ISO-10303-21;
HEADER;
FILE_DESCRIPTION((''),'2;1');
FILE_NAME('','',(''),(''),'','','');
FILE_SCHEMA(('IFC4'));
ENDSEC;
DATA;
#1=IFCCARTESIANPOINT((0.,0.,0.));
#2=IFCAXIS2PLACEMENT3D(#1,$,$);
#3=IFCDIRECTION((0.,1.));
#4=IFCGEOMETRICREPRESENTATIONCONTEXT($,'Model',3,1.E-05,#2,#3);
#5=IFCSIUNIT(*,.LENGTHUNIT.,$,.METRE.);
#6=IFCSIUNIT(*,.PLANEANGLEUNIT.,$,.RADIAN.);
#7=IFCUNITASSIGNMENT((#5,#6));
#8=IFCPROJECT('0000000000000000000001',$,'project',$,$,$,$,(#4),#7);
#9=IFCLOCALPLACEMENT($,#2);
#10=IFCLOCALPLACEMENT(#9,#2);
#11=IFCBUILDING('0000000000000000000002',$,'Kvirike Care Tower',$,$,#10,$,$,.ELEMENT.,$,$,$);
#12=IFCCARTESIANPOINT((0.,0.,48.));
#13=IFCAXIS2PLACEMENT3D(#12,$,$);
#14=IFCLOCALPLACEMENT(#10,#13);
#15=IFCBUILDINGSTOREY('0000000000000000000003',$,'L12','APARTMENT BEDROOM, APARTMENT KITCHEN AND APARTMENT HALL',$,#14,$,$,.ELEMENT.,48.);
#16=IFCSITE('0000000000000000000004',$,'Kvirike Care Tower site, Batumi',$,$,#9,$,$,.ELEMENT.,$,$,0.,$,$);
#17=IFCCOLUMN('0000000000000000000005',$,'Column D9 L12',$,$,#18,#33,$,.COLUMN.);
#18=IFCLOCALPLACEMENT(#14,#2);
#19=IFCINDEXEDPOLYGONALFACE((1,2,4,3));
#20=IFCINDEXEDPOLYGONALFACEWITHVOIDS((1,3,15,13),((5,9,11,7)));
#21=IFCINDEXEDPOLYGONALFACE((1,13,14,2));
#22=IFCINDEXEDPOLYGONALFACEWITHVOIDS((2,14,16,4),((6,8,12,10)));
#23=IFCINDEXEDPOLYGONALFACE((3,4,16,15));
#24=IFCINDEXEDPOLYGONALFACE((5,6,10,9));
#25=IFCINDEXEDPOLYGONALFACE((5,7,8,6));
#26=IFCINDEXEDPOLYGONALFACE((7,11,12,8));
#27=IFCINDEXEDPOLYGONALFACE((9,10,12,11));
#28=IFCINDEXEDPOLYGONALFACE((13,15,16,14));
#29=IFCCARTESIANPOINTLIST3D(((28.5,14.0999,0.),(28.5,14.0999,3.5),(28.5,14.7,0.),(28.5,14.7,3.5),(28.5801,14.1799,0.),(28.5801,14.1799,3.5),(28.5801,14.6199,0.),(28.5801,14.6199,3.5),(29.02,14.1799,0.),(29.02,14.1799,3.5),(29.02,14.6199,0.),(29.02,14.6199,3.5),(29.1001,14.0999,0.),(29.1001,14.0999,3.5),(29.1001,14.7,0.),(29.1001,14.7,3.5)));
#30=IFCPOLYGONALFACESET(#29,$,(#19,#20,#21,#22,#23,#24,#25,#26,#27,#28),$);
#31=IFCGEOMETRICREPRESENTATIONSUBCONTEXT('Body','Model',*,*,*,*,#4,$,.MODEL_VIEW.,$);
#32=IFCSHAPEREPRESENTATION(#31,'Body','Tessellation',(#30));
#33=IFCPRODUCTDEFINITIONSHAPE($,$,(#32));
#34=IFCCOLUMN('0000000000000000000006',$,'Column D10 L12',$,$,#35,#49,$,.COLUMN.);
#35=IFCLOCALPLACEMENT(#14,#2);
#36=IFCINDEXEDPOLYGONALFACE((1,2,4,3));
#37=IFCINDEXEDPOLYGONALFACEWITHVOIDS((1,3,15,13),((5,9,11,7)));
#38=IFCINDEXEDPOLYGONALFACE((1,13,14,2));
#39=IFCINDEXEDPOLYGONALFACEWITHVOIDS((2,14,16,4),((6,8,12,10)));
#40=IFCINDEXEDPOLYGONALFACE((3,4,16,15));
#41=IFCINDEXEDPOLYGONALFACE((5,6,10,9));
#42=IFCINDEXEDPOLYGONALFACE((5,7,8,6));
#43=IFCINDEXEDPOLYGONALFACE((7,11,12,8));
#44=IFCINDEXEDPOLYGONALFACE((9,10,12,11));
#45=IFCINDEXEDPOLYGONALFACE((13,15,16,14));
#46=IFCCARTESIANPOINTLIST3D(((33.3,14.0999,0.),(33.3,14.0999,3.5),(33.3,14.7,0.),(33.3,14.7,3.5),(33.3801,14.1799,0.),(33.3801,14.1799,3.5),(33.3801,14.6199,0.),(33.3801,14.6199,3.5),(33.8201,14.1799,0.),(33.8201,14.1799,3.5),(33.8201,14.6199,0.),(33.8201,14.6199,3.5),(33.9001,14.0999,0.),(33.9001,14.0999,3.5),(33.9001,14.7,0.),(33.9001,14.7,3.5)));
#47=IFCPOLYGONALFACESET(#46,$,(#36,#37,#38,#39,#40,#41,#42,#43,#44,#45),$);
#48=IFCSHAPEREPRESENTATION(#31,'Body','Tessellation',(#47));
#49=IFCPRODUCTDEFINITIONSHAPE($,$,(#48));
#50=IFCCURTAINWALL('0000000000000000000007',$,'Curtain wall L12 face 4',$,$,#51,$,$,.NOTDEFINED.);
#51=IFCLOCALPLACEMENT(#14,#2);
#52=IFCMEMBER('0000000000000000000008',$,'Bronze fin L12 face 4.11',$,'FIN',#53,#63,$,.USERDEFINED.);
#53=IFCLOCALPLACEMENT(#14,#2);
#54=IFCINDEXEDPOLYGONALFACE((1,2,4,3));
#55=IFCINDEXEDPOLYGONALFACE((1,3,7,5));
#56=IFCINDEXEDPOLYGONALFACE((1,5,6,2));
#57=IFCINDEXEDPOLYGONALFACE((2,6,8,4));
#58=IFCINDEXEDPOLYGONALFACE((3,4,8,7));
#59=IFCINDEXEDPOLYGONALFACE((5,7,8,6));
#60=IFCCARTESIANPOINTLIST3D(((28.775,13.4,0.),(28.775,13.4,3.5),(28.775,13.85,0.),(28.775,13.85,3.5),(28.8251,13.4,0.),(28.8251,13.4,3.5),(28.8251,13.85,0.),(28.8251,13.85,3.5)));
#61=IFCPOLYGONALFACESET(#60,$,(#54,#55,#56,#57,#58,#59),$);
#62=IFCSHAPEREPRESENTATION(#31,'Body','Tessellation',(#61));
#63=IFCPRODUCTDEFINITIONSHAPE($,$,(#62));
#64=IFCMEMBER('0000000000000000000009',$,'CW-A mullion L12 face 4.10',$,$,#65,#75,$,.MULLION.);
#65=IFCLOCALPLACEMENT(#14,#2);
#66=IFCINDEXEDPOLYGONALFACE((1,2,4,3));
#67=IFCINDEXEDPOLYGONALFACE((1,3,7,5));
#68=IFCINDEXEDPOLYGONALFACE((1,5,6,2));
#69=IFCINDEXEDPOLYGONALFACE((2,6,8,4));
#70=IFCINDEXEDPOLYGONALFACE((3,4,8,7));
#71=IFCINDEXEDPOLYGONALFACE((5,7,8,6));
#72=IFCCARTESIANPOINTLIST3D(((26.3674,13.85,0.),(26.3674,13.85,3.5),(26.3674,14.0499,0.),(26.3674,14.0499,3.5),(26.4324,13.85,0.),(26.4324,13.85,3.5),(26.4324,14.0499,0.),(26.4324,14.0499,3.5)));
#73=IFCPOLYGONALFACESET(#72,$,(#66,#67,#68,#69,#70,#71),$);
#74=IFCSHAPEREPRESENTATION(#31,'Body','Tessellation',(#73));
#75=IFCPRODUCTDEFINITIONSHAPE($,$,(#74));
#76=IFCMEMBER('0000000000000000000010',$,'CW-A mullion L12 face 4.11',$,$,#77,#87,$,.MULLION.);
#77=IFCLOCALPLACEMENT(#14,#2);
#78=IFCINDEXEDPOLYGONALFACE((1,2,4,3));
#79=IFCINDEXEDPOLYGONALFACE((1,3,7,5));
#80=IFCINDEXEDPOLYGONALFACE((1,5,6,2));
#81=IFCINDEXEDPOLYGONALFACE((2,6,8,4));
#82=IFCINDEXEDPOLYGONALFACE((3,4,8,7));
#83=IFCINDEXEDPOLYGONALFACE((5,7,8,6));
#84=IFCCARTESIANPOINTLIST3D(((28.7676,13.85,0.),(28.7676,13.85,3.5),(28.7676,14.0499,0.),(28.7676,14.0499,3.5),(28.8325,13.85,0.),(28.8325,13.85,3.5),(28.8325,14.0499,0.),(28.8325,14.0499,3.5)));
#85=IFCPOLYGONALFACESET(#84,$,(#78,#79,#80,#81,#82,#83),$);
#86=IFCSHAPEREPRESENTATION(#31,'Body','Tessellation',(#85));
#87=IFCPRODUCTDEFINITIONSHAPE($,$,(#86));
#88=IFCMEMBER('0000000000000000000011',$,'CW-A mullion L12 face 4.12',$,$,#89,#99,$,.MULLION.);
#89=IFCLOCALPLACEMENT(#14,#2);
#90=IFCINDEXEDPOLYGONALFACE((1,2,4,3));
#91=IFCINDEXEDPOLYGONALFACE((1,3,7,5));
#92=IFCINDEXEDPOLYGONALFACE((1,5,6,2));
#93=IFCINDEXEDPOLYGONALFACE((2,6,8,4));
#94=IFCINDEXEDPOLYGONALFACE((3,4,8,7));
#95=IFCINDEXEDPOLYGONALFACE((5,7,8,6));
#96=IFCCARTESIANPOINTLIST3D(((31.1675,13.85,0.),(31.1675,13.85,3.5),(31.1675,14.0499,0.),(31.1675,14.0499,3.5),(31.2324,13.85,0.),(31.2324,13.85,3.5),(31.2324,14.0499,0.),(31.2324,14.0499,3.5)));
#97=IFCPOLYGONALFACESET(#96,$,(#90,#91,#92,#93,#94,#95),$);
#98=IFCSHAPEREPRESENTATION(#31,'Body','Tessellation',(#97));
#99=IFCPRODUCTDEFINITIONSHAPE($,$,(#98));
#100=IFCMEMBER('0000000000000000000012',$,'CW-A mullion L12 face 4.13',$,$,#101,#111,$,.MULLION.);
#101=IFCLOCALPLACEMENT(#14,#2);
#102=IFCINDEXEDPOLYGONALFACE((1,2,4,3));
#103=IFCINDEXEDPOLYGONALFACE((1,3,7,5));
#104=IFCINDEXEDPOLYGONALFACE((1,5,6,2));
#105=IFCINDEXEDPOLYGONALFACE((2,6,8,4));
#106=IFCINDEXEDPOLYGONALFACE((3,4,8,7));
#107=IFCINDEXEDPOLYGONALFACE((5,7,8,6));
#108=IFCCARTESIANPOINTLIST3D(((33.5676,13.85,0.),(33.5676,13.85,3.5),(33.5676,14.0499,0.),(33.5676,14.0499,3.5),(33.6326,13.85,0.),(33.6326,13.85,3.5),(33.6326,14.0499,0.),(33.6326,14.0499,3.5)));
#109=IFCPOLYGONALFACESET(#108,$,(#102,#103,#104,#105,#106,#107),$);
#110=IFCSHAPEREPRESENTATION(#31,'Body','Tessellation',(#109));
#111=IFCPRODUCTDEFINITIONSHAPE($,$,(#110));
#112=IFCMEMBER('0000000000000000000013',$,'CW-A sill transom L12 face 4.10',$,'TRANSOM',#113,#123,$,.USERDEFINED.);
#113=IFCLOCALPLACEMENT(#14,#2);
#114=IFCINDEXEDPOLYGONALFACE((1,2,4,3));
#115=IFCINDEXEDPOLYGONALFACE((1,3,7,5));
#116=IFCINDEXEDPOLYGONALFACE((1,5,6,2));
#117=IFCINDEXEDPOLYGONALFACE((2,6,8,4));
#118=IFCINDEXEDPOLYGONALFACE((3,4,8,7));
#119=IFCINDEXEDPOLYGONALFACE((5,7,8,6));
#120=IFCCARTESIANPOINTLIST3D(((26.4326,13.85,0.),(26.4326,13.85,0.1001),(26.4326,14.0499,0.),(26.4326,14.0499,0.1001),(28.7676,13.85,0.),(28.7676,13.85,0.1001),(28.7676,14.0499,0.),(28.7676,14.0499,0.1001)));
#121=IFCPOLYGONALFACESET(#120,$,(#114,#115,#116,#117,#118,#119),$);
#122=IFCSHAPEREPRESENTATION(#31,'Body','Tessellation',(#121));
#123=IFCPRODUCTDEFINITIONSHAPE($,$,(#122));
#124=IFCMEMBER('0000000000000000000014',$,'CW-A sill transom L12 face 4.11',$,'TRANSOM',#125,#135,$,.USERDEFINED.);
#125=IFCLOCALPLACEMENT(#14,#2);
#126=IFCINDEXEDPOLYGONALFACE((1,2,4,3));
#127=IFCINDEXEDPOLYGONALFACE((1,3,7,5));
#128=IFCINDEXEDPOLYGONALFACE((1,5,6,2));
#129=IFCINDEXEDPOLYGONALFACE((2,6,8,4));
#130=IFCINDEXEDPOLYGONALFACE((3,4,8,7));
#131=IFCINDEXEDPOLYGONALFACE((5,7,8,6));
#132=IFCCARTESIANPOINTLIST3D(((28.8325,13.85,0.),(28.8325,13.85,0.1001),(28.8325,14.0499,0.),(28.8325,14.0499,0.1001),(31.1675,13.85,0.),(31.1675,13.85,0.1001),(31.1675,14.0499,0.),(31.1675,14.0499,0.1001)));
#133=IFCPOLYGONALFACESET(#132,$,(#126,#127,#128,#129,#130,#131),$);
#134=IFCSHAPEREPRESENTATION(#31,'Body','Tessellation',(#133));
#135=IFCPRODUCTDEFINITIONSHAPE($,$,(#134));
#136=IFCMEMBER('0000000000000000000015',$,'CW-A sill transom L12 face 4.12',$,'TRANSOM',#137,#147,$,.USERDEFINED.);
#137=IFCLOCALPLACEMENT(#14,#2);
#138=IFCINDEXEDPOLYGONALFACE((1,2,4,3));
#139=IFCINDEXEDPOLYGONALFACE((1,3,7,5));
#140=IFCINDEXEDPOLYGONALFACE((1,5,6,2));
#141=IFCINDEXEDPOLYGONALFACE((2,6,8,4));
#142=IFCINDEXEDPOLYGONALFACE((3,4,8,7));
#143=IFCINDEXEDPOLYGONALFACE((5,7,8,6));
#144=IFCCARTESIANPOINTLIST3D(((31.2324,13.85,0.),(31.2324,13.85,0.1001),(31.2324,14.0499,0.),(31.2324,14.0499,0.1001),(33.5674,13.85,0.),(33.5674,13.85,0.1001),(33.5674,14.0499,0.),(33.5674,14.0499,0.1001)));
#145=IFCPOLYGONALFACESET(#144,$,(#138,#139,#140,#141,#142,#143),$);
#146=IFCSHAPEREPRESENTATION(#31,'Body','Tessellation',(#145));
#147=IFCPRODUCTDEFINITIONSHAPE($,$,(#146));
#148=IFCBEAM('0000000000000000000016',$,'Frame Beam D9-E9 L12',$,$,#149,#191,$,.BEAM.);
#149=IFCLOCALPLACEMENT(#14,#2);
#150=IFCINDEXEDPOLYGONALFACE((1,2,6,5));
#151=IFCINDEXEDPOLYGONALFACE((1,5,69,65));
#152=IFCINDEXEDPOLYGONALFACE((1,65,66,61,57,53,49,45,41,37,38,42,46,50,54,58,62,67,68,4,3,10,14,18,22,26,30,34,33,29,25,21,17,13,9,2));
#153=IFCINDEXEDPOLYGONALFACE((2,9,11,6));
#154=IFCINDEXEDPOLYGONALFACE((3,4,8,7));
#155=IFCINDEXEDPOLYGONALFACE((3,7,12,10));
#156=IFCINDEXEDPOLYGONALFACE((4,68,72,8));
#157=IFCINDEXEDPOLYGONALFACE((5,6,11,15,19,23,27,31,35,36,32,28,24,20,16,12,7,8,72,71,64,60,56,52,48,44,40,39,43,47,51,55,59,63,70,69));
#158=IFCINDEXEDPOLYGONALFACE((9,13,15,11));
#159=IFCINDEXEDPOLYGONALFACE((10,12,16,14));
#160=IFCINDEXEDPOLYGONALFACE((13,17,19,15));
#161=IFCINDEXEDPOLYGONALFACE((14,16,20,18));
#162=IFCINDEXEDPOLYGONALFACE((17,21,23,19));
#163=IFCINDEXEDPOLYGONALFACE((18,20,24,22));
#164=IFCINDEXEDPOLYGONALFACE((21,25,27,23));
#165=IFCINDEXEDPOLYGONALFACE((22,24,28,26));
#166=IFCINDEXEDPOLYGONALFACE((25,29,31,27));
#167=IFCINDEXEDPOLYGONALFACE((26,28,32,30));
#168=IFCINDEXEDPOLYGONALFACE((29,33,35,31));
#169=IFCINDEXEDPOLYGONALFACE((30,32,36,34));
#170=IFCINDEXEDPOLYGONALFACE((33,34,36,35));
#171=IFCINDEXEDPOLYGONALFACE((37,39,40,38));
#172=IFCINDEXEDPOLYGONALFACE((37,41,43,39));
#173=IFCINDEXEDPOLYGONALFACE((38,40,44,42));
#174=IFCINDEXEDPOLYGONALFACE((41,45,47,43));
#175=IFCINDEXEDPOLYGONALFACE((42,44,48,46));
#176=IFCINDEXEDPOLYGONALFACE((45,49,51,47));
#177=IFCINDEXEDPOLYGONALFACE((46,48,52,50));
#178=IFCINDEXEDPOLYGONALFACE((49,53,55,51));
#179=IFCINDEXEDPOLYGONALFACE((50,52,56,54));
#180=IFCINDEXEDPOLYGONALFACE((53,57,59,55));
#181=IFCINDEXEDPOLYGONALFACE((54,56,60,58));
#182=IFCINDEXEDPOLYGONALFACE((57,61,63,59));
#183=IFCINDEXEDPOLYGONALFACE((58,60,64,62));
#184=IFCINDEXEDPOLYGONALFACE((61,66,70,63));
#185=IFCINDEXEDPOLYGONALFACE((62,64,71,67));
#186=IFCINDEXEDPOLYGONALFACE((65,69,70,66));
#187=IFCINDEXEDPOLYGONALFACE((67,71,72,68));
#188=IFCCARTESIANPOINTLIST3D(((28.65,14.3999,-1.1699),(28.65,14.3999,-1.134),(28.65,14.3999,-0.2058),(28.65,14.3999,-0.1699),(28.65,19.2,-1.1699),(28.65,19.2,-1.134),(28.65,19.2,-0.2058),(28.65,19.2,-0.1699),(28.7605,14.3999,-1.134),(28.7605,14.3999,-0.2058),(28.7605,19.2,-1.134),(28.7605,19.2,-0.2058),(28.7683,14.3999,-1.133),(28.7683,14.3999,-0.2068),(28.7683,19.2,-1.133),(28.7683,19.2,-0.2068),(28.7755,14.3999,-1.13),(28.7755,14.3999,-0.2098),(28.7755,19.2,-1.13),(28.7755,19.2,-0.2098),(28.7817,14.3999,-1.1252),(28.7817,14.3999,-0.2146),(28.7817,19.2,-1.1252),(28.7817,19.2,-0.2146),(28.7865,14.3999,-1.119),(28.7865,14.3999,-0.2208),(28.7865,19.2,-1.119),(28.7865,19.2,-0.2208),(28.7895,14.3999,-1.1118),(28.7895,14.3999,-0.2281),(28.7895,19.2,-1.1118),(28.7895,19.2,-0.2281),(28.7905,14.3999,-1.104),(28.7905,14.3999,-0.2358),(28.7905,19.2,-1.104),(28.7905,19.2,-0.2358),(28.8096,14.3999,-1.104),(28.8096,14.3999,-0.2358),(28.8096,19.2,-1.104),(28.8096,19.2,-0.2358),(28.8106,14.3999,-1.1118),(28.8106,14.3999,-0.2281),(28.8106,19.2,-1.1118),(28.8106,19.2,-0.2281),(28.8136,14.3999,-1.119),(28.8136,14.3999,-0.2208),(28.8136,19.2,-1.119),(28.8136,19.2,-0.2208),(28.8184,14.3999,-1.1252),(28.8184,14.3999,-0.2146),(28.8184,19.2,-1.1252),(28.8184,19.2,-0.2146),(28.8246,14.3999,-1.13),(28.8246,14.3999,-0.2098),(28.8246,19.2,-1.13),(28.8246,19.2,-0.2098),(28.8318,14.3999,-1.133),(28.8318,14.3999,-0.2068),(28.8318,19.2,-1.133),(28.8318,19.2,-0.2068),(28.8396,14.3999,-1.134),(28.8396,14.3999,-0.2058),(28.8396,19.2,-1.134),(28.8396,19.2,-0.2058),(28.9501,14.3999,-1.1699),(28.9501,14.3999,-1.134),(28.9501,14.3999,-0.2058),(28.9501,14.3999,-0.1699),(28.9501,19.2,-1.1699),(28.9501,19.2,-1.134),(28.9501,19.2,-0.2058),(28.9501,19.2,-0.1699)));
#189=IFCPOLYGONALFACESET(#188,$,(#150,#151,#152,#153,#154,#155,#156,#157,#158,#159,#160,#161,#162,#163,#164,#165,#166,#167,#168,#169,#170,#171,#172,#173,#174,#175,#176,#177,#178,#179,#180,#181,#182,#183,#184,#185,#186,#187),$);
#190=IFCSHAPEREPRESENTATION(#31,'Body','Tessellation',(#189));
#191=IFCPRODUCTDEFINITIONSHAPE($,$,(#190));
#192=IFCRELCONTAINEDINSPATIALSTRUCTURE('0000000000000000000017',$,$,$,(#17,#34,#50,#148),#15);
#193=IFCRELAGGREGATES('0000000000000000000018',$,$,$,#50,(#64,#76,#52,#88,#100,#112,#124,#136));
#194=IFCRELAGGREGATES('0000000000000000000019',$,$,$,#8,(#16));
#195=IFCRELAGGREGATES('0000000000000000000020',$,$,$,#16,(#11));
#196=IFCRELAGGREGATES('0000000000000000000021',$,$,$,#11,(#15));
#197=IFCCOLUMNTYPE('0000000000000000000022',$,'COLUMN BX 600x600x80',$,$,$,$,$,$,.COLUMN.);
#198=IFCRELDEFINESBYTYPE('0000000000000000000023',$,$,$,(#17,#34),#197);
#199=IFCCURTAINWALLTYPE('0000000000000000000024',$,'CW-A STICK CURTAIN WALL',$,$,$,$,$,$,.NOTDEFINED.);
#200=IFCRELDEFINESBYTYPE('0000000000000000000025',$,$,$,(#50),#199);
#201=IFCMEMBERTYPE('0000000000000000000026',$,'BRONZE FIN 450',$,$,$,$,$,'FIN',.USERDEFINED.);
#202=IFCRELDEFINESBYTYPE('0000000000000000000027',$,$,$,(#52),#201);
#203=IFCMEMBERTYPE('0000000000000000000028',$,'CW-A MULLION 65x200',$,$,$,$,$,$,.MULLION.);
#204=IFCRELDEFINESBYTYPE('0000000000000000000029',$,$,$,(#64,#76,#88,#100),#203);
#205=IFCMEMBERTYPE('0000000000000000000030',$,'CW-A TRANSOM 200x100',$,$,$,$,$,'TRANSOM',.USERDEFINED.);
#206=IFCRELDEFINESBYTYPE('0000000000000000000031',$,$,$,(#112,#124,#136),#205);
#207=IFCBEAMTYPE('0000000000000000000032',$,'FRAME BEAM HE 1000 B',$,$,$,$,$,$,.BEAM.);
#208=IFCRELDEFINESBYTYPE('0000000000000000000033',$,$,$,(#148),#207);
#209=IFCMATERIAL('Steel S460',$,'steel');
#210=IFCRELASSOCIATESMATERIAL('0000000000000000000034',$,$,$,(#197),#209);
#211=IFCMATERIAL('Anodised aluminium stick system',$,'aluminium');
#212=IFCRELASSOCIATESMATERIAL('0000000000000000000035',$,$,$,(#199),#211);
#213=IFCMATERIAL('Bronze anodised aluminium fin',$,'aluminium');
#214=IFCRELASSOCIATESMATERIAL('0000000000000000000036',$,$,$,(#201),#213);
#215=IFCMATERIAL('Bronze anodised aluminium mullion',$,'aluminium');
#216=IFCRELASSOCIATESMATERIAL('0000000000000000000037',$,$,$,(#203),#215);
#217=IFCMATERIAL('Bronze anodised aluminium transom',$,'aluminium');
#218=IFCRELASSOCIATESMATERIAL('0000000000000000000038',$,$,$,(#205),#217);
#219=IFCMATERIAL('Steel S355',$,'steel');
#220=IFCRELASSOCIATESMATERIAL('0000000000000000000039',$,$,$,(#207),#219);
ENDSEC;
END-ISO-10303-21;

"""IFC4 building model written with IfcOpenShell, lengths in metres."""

from ifc_helpers import new_model, si_unit, direction, frame, origin, origin_2d, place, context, subcontext, project, spatial, rectangle, hollow_rectangle, i_section, extrude, material, material_profile, profile_set, type_object, element, aggregate, save


model = new_model("IFC4")

# Units and contexts
model_context = context("Model", 3, precision=1e-05, world=origin(), true_north=direction((0.0, 1.0)))
body_context = subcontext(model_context, "Body", "Model", "MODEL_VIEW")
ifc_project = project(units=[si_unit("LENGTHUNIT", "METRE"), si_unit("PLANEANGLEUNIT", "RADIAN")], contexts=[model_context])

# Site, building, storey
site_placement = place(None, origin())
site = spatial("IfcSite", under=ifc_project, at=site_placement, Name="Kvirike Care Tower site, Batumi", CompositionType="ELEMENT", RefElevation=0.0)
building_placement = place(site_placement, origin())
building = spatial("IfcBuilding", under=site, at=building_placement, Name="Kvirike Care Tower", CompositionType="ELEMENT")
storey_placement = place(building_placement, frame((0.0, 0.0, 48.0)))
storey = spatial("IfcBuildingStorey", under=building, at=storey_placement, Name="L12", Description="APARTMENT BEDROOM, APARTMENT KITCHEN AND APARTMENT HALL", CompositionType="ELEMENT", Elevation=48.0)

# Columns
ifc_material_1 = material(Name="Steel S460", Category="steel")
ifc_material_profile_1 = material_profile(ifc_material_1, hollow_rectangle(XDim=0.6001, YDim=0.6001, WallThickness=0.0801, at=origin_2d()), Name="BX 600x600x80")
ifc_profile_set_1 = profile_set([ifc_material_profile_1], Name="Steel S460")
column_type = type_object("IfcColumnType", Name="COLUMN BX 600x600x80", PredefinedType="COLUMN", material=ifc_profile_set_1)
for number, where, z_axis, x_axis, name in (
    (1, (28.8, 14.3999, 0.0), (0.0, 0.0, 1.0), (0.0, 1.0, 0.0), "Column D9 L12"),
    (2, (33.6001, 14.3999, 0.0), (0.0, 0.0, 1.0), (0.0, 1.0, 0.0), "Column D10 L12"),
):
    element("IfcColumn", number, at=place(storey_placement, frame(where, z_axis=z_axis, x_axis=x_axis)), inside=storey, type_object=column_type, Name=name, PredefinedType="COLUMN", context=body_context, shape_type="SweptSolid", body=[
        extrude(hollow_rectangle(XDim=0.6001, YDim=0.6001, WallThickness=0.0801, at=origin_2d()), origin(), (0.0, 0.0, 1.0), 3.5),
    ])

# Curtain wall, members
ifc_material_2 = material(Name="Anodised aluminium stick system", Category="aluminium")
curtain_wall_type = type_object("IfcCurtainWallType", Name="CW-A STICK CURTAIN WALL", PredefinedType="NOTDEFINED", material=ifc_material_2)
curtain_wall_placement = place(storey_placement, origin())
curtain_wall = element("IfcCurtainWall", 3, at=curtain_wall_placement, inside=storey, type_object=curtain_wall_type, Name="Curtain wall L12 face 4", PredefinedType="NOTDEFINED")
ifc_material_3 = material(Name="Bronze anodised aluminium fin", Category="aluminium")
ifc_material_profile_2 = material_profile(ifc_material_3, rectangle(XDim=0.05, YDim=0.45, at=origin_2d()), Name="BRONZE FIN 450")
ifc_profile_set_2 = profile_set([ifc_material_profile_2], Name="Bronze anodised aluminium fin")
member_type_1 = type_object("IfcMemberType", Name="BRONZE FIN 450", ElementType="FIN", PredefinedType="USERDEFINED", material=ifc_profile_set_2)
member_1_placement = place(storey_placement, frame((28.8, 13.625, 0.0), z_axis=(0.0, 0.0, 1.0), x_axis=(1.0, 0.0, 0.0)))
member_1 = element("IfcMember", 4, at=member_1_placement, type_object=member_type_1, Name="Bronze fin L12 face 4.11", ObjectType="FIN", PredefinedType="USERDEFINED", context=body_context, shape_type="SweptSolid", body=[
    extrude(rectangle(XDim=0.05, YDim=0.45, at=origin_2d()), origin(), (0.0, 0.0, 1.0), 3.5),
])
ifc_material_4 = material(Name="Bronze anodised aluminium mullion", Category="aluminium")
ifc_material_profile_3 = material_profile(ifc_material_4, rectangle(XDim=0.0649, YDim=0.2, at=origin_2d()), Name="CW-A MULLION 65x200")
ifc_profile_set_3 = profile_set([ifc_material_profile_3], Name="Bronze anodised aluminium mullion")
member_type_2 = type_object("IfcMemberType", Name="CW-A MULLION 65x200", PredefinedType="MULLION", material=ifc_profile_set_3)
member_2_placement = place(storey_placement, frame((26.3999, 13.95, 0.0), z_axis=(0.0, 0.0, 1.0), x_axis=(1.0, 0.0, 0.0)))
member_2 = element("IfcMember", 5, at=member_2_placement, type_object=member_type_2, Name="CW-A mullion L12 face 4.10", PredefinedType="MULLION", context=body_context, shape_type="SweptSolid", body=[
    extrude(rectangle(XDim=0.0649, YDim=0.2, at=origin_2d()), origin(), (0.0, 0.0, 1.0), 3.5),
])
member_3_placement = place(storey_placement, frame((28.8, 13.95, 0.0), z_axis=(0.0, 0.0, 1.0), x_axis=(1.0, 0.0, 0.0)))
member_3 = element("IfcMember", 6, at=member_3_placement, type_object=member_type_2, Name="CW-A mullion L12 face 4.11", PredefinedType="MULLION", context=body_context, shape_type="SweptSolid", body=[
    extrude(rectangle(XDim=0.0649, YDim=0.2, at=origin_2d()), origin(), (0.0, 0.0, 1.0), 3.5),
])
member_4_placement = place(storey_placement, frame((31.2, 13.95, 0.0), z_axis=(0.0, 0.0, 1.0), x_axis=(1.0, 0.0, 0.0)))
member_4 = element("IfcMember", 7, at=member_4_placement, type_object=member_type_2, Name="CW-A mullion L12 face 4.12", PredefinedType="MULLION", context=body_context, shape_type="SweptSolid", body=[
    extrude(rectangle(XDim=0.0649, YDim=0.2, at=origin_2d()), origin(), (0.0, 0.0, 1.0), 3.5),
])
member_5_placement = place(storey_placement, frame((33.6001, 13.95, 0.0), z_axis=(0.0, 0.0, 1.0), x_axis=(1.0, 0.0, 0.0)))
member_5 = element("IfcMember", 8, at=member_5_placement, type_object=member_type_2, Name="CW-A mullion L12 face 4.13", PredefinedType="MULLION", context=body_context, shape_type="SweptSolid", body=[
    extrude(rectangle(XDim=0.0649, YDim=0.2, at=origin_2d()), origin(), (0.0, 0.0, 1.0), 3.5),
])
ifc_material_5 = material(Name="Bronze anodised aluminium transom", Category="aluminium")
ifc_material_profile_4 = material_profile(ifc_material_5, rectangle(XDim=0.2, YDim=0.1001, at=origin_2d()), Name="CW-A TRANSOM 200x100")
ifc_profile_set_4 = profile_set([ifc_material_profile_4], Name="Bronze anodised aluminium transom")
member_type_3 = type_object("IfcMemberType", Name="CW-A TRANSOM 200x100", ElementType="TRANSOM", PredefinedType="USERDEFINED", material=ifc_profile_set_4)
member_6_placement = place(storey_placement, frame((26.4326, 13.95, 0.05), z_axis=(1.0, 0.0, 0.0), x_axis=(0.0, 1.0, 0.0)))
member_6 = element("IfcMember", 9, at=member_6_placement, type_object=member_type_3, Name="CW-A sill transom L12 face 4.10", ObjectType="TRANSOM", PredefinedType="USERDEFINED", context=body_context, shape_type="SweptSolid", body=[
    extrude(rectangle(XDim=0.2, YDim=0.1001, at=origin_2d()), origin(), (0.0, 0.0, 1.0), 2.335),
])
member_7_placement = place(storey_placement, frame((28.8325, 13.95, 0.05), z_axis=(1.0, 0.0, 0.0), x_axis=(0.0, 1.0, 0.0)))
member_7 = element("IfcMember", 10, at=member_7_placement, type_object=member_type_3, Name="CW-A sill transom L12 face 4.11", ObjectType="TRANSOM", PredefinedType="USERDEFINED", context=body_context, shape_type="SweptSolid", body=[
    extrude(rectangle(XDim=0.2, YDim=0.1001, at=origin_2d()), origin(), (0.0, 0.0, 1.0), 2.335),
])
member_8_placement = place(storey_placement, frame((31.2324, 13.95, 0.05), z_axis=(1.0, 0.0, 0.0), x_axis=(0.0, 1.0, 0.0)))
member_8 = element("IfcMember", 11, at=member_8_placement, type_object=member_type_3, Name="CW-A sill transom L12 face 4.12", ObjectType="TRANSOM", PredefinedType="USERDEFINED", context=body_context, shape_type="SweptSolid", body=[
    extrude(rectangle(XDim=0.2, YDim=0.1001, at=origin_2d()), origin(), (0.0, 0.0, 1.0), 2.335),
])

# Beam
ifc_material_6 = material(Name="Steel S355", Category="steel")
ifc_material_profile_5 = material_profile(ifc_material_6, i_section(OverallWidth=0.3, OverallDepth=1.0, WebThickness=0.019, FlangeThickness=0.0359, FilletRadius=0.03, at=origin_2d()), Name="HE 1000 B")
ifc_profile_set_5 = profile_set([ifc_material_profile_5], Name="Steel S355")
beam_type_1 = type_object("IfcBeamType", Name="FRAME BEAM HE 1000 B", PredefinedType="BEAM", material=ifc_profile_set_5)
beam_1_placement = place(storey_placement, frame((28.8, 14.3999, -0.6699), z_axis=(0.0, 1.0, 0.0), x_axis=(-1.0, 0.0, 0.0)))
element("IfcBeam", 12, at=beam_1_placement, inside=storey, type_object=beam_type_1, Name="Frame Beam D9-E9 L12", PredefinedType="BEAM", context=body_context, shape_type="SweptSolid", body=[
    extrude(i_section(OverallWidth=0.3, OverallDepth=1.0, WebThickness=0.019, FlangeThickness=0.0359, FilletRadius=0.03, at=origin_2d()), origin(), (0.0, 0.0, 1.0), 4.8),
])

aggregate(curtain_wall, [member_2, member_3, member_1, member_4, member_5, member_6, member_7, member_8])

save(model, "model.ifc")
